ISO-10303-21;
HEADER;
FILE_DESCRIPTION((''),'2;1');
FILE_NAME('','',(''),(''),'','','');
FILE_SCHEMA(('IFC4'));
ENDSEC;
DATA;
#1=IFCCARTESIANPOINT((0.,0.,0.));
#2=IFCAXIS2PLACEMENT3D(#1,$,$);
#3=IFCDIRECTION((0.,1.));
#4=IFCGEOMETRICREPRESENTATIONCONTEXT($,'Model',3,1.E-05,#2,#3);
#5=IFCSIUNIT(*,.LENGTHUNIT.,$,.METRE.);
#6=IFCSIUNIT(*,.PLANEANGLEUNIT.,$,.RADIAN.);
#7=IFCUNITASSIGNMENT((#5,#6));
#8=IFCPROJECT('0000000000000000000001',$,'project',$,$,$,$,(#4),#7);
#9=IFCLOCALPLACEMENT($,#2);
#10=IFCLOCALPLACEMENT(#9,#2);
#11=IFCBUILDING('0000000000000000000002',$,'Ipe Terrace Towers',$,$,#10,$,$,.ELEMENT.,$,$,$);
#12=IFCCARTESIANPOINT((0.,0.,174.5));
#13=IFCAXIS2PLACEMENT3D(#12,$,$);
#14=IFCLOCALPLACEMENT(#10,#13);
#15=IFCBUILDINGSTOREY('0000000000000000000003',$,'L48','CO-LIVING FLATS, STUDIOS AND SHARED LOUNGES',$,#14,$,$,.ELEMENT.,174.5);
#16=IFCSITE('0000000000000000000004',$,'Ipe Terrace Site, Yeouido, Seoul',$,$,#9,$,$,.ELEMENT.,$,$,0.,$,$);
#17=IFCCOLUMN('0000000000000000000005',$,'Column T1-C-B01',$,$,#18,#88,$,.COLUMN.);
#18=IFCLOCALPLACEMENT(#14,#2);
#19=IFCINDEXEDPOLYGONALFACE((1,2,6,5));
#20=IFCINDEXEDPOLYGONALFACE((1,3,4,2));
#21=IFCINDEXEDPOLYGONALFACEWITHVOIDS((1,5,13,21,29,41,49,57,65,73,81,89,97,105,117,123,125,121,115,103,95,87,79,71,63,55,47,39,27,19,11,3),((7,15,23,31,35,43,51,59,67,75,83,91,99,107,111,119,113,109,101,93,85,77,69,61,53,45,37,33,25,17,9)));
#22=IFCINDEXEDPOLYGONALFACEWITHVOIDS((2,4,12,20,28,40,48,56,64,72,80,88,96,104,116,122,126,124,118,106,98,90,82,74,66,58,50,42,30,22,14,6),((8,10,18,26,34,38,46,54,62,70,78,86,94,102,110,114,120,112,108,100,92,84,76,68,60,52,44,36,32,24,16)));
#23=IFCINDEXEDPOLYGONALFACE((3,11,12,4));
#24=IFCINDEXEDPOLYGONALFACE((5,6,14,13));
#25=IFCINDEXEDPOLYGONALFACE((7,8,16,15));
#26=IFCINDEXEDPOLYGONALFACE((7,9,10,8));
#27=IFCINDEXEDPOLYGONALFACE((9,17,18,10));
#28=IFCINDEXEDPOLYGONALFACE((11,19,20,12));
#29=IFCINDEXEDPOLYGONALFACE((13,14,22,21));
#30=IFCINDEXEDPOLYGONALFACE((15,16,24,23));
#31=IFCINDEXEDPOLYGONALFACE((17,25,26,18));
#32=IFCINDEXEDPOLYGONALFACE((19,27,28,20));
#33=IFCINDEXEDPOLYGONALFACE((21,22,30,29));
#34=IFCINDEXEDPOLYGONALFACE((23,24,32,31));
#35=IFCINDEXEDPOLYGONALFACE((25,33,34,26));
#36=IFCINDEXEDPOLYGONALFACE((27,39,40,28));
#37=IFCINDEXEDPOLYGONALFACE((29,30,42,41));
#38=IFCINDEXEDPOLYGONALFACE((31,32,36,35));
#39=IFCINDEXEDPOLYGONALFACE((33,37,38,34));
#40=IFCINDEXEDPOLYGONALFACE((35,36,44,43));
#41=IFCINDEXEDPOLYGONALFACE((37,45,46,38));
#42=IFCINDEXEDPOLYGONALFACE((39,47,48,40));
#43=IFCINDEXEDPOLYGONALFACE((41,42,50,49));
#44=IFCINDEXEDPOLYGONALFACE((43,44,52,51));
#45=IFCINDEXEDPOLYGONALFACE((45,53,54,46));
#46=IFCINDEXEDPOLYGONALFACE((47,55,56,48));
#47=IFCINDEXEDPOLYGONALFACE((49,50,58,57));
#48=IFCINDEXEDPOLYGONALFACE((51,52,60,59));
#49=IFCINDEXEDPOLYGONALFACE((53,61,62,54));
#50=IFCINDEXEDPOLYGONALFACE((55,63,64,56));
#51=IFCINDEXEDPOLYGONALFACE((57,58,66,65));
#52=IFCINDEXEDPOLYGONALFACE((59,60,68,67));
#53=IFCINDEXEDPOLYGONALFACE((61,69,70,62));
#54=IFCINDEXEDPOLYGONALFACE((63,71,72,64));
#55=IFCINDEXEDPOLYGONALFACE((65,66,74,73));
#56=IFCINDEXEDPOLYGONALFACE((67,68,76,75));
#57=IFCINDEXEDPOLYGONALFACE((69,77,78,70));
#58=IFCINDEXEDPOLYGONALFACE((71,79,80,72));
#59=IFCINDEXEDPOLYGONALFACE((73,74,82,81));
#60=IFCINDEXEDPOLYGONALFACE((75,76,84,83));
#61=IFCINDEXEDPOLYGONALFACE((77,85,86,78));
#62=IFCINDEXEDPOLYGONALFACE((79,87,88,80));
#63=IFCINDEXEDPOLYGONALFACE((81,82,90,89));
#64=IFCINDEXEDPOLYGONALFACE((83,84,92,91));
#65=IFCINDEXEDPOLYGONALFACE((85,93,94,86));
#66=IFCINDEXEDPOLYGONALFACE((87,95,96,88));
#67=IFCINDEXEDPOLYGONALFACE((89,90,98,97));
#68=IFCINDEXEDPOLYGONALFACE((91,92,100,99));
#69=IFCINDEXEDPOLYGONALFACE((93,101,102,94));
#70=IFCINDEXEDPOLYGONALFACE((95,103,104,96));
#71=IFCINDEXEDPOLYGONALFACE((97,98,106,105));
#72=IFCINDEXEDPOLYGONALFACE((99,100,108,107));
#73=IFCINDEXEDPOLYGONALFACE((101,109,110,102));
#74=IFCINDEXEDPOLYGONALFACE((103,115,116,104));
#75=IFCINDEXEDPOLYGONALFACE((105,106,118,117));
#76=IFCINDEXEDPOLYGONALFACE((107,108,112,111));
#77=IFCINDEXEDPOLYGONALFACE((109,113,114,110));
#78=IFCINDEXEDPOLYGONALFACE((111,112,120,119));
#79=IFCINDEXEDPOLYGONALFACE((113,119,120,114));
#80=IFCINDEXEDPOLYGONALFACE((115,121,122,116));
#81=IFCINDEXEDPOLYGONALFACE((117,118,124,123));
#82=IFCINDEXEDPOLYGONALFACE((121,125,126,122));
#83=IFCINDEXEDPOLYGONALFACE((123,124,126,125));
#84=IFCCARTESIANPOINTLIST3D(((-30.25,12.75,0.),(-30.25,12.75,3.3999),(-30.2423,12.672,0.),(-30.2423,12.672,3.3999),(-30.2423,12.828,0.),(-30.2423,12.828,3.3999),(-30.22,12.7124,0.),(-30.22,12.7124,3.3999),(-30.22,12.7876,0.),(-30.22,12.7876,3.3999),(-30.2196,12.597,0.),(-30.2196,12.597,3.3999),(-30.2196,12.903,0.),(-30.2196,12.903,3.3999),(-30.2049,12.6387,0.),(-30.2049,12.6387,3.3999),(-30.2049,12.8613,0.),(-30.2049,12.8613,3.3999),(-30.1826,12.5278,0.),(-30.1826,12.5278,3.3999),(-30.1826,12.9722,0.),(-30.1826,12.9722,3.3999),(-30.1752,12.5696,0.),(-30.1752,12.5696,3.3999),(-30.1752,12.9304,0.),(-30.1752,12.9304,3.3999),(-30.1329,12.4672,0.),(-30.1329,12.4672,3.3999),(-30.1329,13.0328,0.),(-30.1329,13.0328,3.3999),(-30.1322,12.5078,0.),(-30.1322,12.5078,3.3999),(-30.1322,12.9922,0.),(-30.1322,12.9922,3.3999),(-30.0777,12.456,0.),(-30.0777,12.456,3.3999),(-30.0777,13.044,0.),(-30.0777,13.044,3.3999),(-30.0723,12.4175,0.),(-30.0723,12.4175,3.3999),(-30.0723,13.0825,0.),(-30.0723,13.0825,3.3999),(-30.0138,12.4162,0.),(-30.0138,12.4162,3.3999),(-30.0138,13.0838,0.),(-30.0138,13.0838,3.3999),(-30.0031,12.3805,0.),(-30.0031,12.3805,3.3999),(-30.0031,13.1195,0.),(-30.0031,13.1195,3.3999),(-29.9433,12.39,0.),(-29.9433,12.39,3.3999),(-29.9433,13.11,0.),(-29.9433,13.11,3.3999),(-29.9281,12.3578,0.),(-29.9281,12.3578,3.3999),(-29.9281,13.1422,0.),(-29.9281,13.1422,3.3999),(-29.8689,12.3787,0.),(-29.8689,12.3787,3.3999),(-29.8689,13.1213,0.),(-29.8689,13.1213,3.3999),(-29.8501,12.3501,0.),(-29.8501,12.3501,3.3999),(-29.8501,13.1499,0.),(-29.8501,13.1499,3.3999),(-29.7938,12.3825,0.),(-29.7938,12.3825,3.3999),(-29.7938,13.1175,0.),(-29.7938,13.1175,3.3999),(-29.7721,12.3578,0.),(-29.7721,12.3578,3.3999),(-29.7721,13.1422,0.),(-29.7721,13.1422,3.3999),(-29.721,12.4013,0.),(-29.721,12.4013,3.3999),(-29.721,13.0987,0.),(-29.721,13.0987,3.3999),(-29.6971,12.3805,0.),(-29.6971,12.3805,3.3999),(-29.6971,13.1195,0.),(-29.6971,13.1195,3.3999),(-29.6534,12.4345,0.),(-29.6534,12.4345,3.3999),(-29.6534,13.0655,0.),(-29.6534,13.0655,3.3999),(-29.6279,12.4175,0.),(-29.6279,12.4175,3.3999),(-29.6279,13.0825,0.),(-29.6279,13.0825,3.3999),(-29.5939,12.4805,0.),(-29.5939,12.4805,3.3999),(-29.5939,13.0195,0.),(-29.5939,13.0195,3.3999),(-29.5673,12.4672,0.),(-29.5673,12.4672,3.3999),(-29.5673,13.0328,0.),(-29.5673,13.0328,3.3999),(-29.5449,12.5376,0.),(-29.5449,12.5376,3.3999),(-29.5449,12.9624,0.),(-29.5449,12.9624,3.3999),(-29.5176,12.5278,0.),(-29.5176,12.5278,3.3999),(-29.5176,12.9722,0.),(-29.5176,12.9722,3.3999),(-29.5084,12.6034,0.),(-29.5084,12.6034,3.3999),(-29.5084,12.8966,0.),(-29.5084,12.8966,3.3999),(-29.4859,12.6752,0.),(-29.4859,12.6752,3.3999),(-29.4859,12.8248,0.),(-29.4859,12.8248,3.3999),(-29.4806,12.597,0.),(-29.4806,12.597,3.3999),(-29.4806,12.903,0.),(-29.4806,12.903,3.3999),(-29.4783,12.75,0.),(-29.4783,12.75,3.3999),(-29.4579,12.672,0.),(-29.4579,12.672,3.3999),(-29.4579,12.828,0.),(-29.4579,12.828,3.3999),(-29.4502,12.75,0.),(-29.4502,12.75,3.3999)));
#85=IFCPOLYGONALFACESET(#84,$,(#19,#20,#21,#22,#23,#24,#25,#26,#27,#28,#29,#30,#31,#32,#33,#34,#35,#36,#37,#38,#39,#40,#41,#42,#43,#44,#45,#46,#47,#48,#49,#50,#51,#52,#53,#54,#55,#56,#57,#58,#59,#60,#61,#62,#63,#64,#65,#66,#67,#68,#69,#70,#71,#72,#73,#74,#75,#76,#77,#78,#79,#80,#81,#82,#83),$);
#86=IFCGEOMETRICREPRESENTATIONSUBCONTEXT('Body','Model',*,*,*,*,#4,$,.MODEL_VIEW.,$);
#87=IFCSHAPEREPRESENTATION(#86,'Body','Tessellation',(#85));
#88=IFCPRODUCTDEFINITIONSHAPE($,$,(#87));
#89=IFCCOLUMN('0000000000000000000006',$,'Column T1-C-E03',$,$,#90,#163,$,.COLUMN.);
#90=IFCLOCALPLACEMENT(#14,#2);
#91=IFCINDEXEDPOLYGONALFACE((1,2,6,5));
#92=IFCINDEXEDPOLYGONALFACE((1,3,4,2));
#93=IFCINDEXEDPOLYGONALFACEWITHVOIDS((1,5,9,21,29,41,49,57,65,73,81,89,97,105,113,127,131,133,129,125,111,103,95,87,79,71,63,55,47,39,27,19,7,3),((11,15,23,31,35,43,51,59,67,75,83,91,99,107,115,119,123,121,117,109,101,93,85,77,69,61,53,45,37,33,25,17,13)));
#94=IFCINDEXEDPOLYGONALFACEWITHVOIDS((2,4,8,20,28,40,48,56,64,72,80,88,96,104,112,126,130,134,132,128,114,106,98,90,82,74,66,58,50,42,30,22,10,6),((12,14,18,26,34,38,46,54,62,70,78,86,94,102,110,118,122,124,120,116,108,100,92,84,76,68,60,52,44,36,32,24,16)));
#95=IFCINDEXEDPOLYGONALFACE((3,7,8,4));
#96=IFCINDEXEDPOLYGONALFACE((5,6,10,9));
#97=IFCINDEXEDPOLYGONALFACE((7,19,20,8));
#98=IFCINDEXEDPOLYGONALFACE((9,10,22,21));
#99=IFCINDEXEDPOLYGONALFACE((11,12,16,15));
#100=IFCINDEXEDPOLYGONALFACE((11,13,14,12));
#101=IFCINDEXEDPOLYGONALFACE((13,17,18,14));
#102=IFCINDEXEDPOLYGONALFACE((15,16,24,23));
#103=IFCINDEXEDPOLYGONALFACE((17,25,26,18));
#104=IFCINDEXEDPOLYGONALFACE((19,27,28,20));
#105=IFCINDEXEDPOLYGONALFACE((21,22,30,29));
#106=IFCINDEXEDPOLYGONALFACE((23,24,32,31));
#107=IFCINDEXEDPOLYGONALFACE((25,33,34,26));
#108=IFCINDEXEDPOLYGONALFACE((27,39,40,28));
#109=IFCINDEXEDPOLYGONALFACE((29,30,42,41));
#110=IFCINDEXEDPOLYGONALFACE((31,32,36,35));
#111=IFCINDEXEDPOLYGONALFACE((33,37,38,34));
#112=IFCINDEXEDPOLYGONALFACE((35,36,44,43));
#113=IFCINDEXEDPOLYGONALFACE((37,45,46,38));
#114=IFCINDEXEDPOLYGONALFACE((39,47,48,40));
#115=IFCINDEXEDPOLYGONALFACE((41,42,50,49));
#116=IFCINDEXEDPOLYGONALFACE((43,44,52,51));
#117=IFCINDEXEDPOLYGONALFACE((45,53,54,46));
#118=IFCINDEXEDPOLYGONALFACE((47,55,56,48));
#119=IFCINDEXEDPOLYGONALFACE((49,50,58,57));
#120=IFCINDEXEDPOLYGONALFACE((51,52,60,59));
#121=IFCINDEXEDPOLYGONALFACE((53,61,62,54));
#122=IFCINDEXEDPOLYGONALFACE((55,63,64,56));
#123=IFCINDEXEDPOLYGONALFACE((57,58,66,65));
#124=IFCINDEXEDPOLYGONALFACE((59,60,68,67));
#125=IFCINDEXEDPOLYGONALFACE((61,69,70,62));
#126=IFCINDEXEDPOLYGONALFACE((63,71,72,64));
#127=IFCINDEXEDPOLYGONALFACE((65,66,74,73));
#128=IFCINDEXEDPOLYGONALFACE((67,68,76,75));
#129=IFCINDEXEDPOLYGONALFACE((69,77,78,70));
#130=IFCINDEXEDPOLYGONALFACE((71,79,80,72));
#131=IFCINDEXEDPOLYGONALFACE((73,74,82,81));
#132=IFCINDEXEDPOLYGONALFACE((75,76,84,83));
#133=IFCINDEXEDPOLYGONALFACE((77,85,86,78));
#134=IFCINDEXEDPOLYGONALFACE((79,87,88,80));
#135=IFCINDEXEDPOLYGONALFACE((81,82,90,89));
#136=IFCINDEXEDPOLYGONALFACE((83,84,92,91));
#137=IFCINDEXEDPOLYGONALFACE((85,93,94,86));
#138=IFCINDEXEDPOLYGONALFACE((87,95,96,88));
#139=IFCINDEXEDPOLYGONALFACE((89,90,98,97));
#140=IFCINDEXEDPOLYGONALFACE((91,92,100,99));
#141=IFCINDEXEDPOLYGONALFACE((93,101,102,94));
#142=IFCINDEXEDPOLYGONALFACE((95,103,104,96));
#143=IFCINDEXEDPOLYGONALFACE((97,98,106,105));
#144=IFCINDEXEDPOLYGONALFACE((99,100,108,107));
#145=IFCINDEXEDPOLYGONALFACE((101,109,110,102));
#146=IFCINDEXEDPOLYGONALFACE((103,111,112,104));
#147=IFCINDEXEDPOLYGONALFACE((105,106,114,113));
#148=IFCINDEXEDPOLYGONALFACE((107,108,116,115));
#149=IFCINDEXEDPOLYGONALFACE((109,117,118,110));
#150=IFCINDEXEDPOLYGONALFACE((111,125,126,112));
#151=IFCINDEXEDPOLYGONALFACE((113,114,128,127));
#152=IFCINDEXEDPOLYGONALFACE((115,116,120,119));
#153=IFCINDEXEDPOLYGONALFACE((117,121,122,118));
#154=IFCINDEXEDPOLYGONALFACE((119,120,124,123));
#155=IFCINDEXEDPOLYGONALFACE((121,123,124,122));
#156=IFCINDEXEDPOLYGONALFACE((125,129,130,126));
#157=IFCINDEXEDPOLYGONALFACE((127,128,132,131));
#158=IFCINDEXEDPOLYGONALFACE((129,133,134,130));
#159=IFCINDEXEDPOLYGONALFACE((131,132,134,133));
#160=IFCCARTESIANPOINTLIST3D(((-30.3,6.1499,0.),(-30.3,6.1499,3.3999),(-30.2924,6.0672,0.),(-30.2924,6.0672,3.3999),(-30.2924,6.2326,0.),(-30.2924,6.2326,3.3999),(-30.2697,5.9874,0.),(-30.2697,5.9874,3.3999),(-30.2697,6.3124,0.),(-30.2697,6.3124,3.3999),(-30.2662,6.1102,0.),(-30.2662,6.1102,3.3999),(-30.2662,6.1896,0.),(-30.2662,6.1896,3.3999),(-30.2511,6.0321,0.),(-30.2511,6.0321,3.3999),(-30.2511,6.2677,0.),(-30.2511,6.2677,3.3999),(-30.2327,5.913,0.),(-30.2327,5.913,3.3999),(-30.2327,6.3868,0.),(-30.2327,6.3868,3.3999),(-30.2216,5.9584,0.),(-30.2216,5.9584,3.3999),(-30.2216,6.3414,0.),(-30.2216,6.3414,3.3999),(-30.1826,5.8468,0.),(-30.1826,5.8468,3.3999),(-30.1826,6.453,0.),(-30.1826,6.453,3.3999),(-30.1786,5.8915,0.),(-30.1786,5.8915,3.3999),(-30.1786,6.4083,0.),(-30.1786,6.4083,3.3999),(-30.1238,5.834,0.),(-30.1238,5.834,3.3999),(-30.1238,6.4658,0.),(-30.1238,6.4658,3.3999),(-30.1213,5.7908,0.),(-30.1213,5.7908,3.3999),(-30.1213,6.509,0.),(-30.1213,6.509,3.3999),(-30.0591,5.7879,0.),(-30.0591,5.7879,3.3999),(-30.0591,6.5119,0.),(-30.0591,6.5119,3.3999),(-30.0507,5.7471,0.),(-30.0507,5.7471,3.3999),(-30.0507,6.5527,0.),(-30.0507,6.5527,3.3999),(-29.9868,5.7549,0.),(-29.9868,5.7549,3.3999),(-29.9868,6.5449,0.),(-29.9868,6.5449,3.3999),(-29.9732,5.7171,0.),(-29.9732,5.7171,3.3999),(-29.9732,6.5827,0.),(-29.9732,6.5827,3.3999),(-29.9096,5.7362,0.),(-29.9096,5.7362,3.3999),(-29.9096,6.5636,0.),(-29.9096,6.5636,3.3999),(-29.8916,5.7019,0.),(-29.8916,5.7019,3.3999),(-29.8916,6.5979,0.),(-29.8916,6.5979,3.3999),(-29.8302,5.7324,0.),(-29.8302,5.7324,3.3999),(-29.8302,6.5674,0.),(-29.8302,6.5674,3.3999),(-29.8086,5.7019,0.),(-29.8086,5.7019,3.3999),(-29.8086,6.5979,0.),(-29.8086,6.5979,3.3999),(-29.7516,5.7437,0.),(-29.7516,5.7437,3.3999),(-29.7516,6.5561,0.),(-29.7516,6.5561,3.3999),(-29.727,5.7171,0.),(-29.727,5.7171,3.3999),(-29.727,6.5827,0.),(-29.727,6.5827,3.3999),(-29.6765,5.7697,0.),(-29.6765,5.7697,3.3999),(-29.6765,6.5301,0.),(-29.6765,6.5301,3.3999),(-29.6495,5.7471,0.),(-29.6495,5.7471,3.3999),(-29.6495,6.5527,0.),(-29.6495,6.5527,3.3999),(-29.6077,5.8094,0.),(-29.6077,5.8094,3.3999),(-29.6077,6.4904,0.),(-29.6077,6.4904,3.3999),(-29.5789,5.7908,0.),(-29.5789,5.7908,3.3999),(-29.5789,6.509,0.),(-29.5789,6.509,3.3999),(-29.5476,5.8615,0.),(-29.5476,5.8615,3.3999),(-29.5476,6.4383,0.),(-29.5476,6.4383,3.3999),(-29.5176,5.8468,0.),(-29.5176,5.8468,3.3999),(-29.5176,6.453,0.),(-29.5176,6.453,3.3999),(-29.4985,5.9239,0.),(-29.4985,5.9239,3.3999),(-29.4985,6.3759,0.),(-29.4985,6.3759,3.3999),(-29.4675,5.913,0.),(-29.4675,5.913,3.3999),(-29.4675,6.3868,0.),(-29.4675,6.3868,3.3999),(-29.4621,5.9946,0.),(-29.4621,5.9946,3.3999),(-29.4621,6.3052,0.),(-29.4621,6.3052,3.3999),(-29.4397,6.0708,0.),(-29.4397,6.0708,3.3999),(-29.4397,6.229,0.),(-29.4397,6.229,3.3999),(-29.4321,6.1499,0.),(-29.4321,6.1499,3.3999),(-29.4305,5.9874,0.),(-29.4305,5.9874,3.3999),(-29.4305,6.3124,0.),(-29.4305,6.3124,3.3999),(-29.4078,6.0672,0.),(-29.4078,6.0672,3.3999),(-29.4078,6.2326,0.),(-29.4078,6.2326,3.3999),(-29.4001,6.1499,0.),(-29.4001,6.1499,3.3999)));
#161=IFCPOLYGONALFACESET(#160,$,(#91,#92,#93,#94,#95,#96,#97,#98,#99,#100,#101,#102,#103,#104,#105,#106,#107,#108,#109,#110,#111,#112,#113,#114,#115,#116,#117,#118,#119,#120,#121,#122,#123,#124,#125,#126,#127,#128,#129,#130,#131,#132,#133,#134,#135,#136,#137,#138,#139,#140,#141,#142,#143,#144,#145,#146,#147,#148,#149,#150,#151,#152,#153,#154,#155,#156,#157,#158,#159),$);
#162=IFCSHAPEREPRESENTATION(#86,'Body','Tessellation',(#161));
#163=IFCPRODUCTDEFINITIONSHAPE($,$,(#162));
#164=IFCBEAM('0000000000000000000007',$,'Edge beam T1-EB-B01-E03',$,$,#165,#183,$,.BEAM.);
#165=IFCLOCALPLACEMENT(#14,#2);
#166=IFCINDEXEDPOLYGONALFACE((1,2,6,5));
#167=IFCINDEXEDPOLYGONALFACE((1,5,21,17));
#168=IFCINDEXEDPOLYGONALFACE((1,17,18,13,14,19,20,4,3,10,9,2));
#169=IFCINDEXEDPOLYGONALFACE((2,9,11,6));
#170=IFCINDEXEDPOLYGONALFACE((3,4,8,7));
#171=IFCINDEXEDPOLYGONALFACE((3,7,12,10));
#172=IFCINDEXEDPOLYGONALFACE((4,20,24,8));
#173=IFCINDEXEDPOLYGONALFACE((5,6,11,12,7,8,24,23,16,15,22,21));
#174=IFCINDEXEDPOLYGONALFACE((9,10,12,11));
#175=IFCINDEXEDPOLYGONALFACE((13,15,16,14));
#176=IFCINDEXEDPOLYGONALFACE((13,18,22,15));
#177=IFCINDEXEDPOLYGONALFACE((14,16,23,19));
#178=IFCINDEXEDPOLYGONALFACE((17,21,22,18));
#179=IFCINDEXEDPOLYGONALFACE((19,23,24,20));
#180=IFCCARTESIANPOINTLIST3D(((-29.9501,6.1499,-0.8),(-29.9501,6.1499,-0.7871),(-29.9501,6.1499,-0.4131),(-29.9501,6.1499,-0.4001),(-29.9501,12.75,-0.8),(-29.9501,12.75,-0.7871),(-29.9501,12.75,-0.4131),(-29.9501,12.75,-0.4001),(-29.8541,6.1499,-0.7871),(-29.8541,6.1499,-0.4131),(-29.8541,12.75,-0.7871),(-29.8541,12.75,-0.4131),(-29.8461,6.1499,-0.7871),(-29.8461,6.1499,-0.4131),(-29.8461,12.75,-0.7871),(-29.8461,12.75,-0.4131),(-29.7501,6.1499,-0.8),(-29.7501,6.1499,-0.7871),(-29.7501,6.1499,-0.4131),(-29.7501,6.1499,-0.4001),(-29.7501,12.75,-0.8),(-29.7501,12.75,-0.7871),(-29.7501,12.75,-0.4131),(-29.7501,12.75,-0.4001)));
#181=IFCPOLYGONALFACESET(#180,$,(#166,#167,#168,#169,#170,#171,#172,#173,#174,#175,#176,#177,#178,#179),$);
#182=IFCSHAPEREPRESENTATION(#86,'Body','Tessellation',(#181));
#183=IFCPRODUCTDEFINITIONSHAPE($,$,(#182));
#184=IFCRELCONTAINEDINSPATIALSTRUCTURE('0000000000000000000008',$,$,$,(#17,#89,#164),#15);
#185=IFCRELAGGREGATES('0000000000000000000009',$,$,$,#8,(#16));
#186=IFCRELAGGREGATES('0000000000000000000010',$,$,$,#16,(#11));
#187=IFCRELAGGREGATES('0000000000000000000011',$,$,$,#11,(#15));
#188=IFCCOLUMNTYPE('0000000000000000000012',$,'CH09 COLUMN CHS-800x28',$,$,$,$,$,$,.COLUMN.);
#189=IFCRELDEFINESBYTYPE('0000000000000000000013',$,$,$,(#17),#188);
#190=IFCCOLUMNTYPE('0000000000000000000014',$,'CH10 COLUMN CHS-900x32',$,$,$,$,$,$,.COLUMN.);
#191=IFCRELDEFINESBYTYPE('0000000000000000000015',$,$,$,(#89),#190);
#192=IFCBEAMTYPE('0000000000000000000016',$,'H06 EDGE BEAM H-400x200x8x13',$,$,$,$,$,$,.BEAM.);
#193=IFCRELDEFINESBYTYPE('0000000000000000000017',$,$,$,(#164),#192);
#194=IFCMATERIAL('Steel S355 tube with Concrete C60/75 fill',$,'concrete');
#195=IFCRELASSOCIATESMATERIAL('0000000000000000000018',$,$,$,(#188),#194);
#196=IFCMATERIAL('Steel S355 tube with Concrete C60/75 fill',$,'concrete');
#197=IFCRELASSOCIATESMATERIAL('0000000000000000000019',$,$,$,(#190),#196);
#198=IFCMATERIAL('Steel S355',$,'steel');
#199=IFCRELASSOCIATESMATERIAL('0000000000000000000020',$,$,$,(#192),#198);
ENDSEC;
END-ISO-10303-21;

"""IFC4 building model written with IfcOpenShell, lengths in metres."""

from ifc_helpers import new_model, si_unit, direction, frame, origin, origin_2d, place, context, subcontext, project, spatial, hollow_circle, i_section, extrude, material, material_profile, profile_set, type_object, element, save


model = new_model("IFC4")

# Units and contexts
model_context = context("Model", 3, precision=1e-05, world=origin(), true_north=direction((0.0, 1.0)))
body_context = subcontext(model_context, "Body", "Model", "MODEL_VIEW")
ifc_project = project(units=[si_unit("LENGTHUNIT", "METRE"), si_unit("PLANEANGLEUNIT", "RADIAN")], contexts=[model_context])

# Site, building, storey
site_placement = place(None, origin())
site = spatial("IfcSite", under=ifc_project, at=site_placement, Name="Ipe Terrace Site, Yeouido, Seoul", CompositionType="ELEMENT", RefElevation=0.0)
building_placement = place(site_placement, origin())
building = spatial("IfcBuilding", under=site, at=building_placement, Name="Ipe Terrace Towers", CompositionType="ELEMENT")
storey_placement = place(building_placement, frame((0.0, 0.0, 174.5)))
storey = spatial("IfcBuildingStorey", under=building, at=storey_placement, Name="L48", Description="CO-LIVING FLATS, STUDIOS AND SHARED LOUNGES", CompositionType="ELEMENT", Elevation=174.5)

# Columns
ifc_material_1 = material(Name="Steel S355 tube with Concrete C60/75 fill", Category="concrete")
ifc_material_profile_1 = material_profile(ifc_material_1, hollow_circle(Radius=0.3999, WallThickness=0.0281, at=origin_2d()), Name="CHS-800x28")
ifc_profile_set_1 = profile_set([ifc_material_profile_1], Name="Steel S355 tube with Concrete C60/75 fill")
column_type_1 = type_object("IfcColumnType", Name="CH09 COLUMN CHS-800x28", PredefinedType="COLUMN", material=ifc_profile_set_1)
column_1_placement = place(storey_placement, frame((-29.8501, 12.75, 0.0), z_axis=(0.0, 0.0, 1.0), x_axis=(1.0, 0.0, 0.0)))
element("IfcColumn", 1, at=column_1_placement, inside=storey, type_object=column_type_1, Name="Column T1-C-B01", PredefinedType="COLUMN", context=body_context, shape_type="SweptSolid", body=[
    extrude(hollow_circle(Radius=0.3999, WallThickness=0.0281, at=origin_2d()), origin(), (0.0, 0.0, 1.0), 3.3999),
])
ifc_material_2 = material(Name="Steel S355 tube with Concrete C60/75 fill", Category="concrete")
ifc_material_profile_2 = material_profile(ifc_material_2, hollow_circle(Radius=0.45, WallThickness=0.032, at=origin_2d()), Name="CHS-900x32")
ifc_profile_set_2 = profile_set([ifc_material_profile_2], Name="Steel S355 tube with Concrete C60/75 fill")
column_type_2 = type_object("IfcColumnType", Name="CH10 COLUMN CHS-900x32", PredefinedType="COLUMN", material=ifc_profile_set_2)
column_2_placement = place(storey_placement, frame((-29.8501, 6.1499, 0.0), z_axis=(0.0, 0.0, 1.0), x_axis=(1.0, 0.0, 0.0)))
element("IfcColumn", 2, at=column_2_placement, inside=storey, type_object=column_type_2, Name="Column T1-C-E03", PredefinedType="COLUMN", context=body_context, shape_type="SweptSolid", body=[
    extrude(hollow_circle(Radius=0.45, WallThickness=0.032, at=origin_2d()), origin(), (0.0, 0.0, 1.0), 3.3999),
])

# Beam
ifc_material_3 = material(Name="Steel S355", Category="steel")
ifc_material_profile_3 = material_profile(ifc_material_3, i_section(OverallWidth=0.2, OverallDepth=0.3999, WebThickness=0.0081, FlangeThickness=0.0129, at=origin_2d()), Name="H-400x200x8x13")
ifc_profile_set_3 = profile_set([ifc_material_profile_3], Name="Steel S355")
beam_type = type_object("IfcBeamType", Name="H06 EDGE BEAM H-400x200x8x13", PredefinedType="BEAM", material=ifc_profile_set_3)
beam_placement = place(storey_placement, frame((-29.8501, 12.75, -0.6001), z_axis=(0.0, -1.0, 0.0), x_axis=(1.0, 0.0, 0.0)))
element("IfcBeam", 3, at=beam_placement, inside=storey, type_object=beam_type, Name="Edge beam T1-EB-B01-E03", PredefinedType="BEAM", context=body_context, shape_type="SweptSolid", body=[
    extrude(i_section(OverallWidth=0.2, OverallDepth=0.3999, WebThickness=0.0081, FlangeThickness=0.0129, at=origin_2d()), origin(), (0.0, 0.0, 1.0), 6.6001),
])

save(model, "model.ifc")
